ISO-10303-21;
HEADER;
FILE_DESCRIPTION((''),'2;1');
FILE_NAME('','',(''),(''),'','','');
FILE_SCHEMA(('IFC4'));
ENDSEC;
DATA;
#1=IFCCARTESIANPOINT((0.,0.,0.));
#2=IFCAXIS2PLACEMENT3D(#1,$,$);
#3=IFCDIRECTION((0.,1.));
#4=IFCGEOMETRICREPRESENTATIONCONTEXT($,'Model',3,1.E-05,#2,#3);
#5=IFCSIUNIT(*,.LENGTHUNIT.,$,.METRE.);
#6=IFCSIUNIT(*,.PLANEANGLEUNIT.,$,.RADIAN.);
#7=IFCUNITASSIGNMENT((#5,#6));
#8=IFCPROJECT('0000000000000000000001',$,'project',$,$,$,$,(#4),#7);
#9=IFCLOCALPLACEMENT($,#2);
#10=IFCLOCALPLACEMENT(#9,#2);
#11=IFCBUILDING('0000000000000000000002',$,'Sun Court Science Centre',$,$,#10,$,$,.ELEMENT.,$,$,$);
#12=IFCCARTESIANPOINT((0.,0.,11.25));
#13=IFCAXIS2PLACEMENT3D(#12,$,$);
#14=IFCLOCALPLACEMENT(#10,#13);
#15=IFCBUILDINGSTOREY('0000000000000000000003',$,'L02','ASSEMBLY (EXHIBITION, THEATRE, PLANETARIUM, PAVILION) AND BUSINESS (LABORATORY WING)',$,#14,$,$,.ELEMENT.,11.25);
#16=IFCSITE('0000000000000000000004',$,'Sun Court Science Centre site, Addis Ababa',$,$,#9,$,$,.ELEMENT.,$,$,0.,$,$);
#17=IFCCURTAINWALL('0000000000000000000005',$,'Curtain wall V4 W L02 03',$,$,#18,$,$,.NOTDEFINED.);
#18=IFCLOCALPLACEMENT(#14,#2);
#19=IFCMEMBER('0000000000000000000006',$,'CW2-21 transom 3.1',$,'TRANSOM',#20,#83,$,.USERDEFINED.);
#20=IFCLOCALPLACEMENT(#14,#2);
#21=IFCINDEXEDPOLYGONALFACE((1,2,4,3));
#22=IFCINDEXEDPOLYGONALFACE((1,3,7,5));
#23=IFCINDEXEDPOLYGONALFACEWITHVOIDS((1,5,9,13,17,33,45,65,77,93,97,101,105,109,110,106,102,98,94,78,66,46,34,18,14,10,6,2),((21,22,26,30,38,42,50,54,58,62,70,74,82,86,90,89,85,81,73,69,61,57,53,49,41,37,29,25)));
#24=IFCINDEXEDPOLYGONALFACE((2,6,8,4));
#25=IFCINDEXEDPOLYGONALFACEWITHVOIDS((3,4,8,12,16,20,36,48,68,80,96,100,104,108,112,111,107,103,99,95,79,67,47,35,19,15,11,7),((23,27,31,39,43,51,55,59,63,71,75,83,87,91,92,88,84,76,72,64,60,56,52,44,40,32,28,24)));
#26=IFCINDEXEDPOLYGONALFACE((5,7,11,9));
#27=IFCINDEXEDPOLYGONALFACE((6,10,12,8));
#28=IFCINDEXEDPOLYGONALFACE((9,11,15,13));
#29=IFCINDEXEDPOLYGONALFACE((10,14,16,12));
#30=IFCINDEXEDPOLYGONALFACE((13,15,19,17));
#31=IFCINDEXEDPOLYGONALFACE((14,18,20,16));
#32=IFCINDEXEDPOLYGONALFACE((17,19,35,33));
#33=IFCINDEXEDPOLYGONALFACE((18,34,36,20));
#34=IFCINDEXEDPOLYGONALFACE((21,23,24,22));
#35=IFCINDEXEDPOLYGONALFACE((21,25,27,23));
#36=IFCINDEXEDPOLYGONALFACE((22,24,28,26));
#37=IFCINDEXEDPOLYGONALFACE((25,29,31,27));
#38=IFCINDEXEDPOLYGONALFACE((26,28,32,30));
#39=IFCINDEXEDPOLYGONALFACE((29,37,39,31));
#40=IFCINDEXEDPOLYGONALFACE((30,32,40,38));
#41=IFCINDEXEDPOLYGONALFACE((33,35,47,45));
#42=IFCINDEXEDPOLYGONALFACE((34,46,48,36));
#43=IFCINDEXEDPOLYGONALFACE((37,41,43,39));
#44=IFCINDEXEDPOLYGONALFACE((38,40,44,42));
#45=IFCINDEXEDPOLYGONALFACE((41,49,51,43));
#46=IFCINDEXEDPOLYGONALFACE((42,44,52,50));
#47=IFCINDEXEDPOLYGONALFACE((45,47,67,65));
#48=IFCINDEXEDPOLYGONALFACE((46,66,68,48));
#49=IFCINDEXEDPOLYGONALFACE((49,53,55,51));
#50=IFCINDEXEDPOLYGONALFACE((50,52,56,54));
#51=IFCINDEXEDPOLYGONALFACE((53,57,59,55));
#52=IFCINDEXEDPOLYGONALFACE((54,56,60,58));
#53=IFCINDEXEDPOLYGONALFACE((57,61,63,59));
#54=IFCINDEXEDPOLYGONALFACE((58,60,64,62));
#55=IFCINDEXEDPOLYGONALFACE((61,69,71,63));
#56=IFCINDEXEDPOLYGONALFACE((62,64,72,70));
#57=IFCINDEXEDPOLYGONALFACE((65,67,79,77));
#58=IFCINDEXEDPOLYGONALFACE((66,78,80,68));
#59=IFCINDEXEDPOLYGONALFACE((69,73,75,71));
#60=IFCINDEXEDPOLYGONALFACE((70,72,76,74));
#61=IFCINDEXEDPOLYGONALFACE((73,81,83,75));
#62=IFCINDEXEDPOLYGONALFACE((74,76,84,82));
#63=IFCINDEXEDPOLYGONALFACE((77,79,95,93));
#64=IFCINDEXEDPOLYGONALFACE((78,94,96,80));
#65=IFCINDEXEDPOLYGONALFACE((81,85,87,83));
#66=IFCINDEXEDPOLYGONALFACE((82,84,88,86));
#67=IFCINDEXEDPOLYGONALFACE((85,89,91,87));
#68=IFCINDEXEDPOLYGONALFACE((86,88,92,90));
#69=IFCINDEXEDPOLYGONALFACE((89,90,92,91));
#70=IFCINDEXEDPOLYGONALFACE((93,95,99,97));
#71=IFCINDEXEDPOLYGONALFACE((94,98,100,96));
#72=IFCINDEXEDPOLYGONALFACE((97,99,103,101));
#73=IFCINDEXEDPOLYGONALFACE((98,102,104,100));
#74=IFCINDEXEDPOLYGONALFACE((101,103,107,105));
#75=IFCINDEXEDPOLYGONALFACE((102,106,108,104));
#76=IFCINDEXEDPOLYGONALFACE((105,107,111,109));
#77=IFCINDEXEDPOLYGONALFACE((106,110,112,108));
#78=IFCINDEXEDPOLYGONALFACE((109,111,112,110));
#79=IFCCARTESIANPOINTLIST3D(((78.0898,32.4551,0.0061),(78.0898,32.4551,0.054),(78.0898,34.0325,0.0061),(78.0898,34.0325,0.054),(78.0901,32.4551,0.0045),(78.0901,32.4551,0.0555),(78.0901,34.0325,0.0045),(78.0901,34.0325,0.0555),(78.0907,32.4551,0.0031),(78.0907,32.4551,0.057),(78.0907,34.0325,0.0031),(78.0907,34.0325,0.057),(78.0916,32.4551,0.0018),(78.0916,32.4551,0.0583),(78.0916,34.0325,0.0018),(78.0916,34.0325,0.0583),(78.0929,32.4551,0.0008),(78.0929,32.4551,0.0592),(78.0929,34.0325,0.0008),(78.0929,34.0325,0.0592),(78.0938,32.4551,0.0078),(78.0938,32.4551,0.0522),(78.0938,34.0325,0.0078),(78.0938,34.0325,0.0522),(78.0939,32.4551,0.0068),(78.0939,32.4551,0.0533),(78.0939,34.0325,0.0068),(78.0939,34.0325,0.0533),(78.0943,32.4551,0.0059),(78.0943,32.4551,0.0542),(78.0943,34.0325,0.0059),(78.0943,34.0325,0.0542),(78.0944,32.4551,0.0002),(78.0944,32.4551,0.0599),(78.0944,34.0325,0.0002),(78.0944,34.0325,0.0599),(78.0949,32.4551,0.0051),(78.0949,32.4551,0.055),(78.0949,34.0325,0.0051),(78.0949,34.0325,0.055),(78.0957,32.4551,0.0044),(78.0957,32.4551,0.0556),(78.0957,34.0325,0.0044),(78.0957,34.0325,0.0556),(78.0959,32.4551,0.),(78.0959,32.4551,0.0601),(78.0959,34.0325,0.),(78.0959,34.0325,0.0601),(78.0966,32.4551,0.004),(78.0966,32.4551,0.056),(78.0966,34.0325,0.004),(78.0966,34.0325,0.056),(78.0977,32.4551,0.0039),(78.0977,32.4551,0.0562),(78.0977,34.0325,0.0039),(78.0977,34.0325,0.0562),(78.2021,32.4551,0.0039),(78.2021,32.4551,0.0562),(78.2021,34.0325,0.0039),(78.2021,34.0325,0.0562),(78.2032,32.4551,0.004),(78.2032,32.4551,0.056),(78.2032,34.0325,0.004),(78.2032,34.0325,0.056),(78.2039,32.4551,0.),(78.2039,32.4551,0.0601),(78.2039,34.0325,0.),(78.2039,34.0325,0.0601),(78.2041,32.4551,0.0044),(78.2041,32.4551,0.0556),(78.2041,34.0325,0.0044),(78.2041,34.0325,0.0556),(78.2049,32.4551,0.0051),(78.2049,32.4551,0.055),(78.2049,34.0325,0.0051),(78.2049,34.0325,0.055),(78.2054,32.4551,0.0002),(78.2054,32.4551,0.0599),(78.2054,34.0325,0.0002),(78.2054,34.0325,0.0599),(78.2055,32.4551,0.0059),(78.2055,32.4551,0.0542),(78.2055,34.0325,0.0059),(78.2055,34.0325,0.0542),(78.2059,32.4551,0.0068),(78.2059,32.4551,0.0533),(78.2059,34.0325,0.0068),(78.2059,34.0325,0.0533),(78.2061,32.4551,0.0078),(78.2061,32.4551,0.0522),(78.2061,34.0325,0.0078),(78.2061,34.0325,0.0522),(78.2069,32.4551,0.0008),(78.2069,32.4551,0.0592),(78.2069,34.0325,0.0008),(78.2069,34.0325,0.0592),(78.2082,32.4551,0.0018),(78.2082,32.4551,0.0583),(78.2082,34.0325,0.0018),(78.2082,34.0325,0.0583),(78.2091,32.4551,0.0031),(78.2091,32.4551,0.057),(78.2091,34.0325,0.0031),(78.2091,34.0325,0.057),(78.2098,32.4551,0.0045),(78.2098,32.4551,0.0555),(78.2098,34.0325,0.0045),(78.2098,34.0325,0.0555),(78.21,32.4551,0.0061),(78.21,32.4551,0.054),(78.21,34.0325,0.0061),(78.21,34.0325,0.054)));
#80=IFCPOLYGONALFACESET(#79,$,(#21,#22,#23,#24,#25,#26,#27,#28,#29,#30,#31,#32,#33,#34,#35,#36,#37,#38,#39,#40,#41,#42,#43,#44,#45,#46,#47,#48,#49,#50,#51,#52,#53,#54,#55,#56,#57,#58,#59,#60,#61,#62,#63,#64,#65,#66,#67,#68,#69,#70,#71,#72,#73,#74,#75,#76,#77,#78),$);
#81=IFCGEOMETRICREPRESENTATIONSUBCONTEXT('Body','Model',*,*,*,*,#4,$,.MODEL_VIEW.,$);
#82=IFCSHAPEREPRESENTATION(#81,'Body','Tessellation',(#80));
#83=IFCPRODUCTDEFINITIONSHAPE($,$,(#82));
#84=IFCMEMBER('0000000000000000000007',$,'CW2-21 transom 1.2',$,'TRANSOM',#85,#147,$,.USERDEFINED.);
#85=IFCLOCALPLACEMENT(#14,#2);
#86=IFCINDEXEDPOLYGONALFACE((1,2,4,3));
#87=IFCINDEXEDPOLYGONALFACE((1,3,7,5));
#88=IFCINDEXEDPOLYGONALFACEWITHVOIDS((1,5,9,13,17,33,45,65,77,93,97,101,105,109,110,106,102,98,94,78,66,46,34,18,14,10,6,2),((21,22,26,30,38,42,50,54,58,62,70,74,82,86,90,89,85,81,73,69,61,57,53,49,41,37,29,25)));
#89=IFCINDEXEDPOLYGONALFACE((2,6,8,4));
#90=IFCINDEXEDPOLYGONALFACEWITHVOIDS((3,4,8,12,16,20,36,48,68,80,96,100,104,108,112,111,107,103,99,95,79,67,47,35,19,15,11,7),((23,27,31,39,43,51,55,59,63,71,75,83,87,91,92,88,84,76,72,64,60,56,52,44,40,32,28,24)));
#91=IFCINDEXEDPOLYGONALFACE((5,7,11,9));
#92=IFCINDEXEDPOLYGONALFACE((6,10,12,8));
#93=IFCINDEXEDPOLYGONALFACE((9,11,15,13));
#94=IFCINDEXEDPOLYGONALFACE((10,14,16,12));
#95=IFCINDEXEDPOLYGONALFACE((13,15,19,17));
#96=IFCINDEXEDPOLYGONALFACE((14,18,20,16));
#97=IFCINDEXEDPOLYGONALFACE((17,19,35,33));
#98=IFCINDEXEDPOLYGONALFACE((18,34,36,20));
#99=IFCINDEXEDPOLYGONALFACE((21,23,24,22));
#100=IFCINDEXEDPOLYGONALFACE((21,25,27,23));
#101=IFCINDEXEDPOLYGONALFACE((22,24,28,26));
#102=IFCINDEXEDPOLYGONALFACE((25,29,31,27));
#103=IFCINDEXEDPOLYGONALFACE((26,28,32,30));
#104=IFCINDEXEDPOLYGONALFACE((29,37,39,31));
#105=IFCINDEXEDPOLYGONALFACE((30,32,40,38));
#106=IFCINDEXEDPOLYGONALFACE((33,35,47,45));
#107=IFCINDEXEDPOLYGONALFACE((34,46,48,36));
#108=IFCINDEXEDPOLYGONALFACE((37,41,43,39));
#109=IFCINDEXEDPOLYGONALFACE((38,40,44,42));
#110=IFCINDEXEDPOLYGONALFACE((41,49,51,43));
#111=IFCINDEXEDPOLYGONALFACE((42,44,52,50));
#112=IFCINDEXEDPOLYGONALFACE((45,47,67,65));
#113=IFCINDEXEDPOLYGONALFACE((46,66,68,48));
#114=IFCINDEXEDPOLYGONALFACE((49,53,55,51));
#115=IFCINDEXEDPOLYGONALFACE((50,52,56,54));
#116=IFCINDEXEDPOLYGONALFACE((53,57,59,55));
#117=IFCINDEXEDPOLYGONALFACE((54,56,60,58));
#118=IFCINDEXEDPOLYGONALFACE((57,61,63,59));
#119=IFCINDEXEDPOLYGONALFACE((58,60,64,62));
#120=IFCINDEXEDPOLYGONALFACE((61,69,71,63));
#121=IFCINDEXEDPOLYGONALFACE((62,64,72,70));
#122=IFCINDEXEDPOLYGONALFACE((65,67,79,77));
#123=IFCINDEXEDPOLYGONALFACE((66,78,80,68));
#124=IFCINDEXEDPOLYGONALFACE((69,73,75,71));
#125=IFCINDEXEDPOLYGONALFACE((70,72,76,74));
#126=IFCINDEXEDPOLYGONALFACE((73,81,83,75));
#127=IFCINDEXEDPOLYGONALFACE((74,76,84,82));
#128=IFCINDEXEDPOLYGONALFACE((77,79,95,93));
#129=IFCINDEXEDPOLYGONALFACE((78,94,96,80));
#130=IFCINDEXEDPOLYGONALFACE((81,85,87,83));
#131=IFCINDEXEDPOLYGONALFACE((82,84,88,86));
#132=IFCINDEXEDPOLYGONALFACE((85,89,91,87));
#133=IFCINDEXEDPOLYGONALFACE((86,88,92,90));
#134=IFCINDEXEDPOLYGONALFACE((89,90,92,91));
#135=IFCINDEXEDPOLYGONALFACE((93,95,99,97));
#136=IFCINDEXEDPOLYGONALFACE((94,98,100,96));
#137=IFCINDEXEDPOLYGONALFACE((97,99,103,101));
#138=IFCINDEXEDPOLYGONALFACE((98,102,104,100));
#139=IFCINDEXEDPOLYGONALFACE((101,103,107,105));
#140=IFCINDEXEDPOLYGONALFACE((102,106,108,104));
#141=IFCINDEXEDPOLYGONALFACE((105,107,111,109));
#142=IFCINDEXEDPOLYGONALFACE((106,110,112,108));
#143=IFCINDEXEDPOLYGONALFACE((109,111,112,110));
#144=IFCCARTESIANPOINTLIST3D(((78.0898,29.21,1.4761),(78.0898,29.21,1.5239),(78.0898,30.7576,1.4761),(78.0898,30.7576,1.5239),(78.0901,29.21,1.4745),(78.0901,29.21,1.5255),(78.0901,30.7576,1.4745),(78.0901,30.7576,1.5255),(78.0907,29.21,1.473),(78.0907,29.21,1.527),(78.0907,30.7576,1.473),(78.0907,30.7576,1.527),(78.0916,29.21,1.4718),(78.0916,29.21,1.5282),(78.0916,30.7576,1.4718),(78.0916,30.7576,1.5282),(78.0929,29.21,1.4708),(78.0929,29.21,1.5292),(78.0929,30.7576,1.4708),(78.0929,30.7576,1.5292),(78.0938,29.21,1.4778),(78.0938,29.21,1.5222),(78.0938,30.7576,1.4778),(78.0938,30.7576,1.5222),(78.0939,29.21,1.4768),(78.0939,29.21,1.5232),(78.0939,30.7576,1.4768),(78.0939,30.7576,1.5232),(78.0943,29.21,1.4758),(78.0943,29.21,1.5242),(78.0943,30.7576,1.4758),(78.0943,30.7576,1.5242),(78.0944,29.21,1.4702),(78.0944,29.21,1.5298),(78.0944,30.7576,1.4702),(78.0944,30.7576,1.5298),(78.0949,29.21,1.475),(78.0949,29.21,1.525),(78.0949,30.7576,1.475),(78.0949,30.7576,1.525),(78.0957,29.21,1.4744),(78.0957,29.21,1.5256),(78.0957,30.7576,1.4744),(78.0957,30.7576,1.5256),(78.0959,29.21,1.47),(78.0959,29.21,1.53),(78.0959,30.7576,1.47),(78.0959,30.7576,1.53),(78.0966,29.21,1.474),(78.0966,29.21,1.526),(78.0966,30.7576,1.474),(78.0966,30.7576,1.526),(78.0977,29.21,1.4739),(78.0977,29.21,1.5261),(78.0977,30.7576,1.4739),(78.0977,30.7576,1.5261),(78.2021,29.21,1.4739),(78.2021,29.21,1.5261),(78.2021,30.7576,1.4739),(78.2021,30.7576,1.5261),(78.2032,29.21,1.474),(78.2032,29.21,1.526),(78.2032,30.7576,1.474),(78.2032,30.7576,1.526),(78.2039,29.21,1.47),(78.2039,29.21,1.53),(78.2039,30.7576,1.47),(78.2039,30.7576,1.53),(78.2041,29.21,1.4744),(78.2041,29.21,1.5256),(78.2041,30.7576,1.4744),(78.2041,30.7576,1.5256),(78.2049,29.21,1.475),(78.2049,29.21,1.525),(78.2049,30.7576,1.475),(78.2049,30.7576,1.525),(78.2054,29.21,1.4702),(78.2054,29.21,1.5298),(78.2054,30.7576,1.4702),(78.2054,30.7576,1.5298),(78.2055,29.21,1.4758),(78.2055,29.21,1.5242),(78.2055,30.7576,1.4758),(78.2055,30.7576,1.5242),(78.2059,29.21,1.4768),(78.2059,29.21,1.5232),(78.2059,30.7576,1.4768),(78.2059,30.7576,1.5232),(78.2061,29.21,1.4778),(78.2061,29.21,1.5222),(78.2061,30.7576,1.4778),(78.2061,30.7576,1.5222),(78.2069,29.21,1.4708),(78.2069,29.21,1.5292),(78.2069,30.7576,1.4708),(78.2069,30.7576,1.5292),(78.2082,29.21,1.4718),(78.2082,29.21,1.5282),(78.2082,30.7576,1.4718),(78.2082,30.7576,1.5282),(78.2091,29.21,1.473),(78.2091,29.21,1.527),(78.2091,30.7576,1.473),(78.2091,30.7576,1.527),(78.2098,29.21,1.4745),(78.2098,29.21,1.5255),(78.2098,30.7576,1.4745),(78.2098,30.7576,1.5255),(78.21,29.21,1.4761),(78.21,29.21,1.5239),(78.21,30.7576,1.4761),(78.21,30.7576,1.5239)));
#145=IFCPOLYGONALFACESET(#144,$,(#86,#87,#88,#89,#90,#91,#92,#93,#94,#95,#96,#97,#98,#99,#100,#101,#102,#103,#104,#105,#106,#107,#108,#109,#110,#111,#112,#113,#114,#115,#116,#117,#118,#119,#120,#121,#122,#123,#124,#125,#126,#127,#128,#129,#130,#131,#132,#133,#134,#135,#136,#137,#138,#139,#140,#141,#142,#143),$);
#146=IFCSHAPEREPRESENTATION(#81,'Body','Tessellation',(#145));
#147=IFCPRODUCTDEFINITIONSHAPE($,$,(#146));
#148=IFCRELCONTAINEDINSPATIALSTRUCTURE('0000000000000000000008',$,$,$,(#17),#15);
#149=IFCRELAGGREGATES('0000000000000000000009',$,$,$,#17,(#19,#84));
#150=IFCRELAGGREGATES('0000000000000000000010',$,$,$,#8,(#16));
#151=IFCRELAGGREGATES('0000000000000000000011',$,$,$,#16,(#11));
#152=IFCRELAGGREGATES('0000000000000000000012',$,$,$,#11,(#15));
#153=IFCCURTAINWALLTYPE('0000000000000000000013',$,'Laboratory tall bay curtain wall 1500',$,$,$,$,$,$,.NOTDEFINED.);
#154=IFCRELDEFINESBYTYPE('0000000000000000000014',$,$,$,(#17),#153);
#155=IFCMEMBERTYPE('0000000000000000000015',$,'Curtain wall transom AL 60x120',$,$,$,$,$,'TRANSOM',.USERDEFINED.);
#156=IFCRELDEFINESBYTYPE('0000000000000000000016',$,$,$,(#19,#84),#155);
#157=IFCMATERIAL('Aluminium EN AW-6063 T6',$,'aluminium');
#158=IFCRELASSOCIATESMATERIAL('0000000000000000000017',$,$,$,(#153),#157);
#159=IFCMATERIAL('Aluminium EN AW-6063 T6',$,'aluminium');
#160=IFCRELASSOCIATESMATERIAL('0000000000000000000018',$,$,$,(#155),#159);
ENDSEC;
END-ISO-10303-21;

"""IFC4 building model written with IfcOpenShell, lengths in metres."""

from ifc_helpers import new_model, si_unit, direction, frame, origin, origin_2d, place, context, subcontext, project, spatial, hollow_rectangle, extrude, material, material_profile, profile_set, type_object, element, aggregate, save


model = new_model("IFC4")

# Units and contexts
model_context = context("Model", 3, precision=1e-05, world=origin(), true_north=direction((0.0, 1.0)))
body_context = subcontext(model_context, "Body", "Model", "MODEL_VIEW")
ifc_project = project(units=[si_unit("LENGTHUNIT", "METRE"), si_unit("PLANEANGLEUNIT", "RADIAN")], contexts=[model_context])

# Site, building, storey
site_placement = place(None, origin())
site = spatial("IfcSite", under=ifc_project, at=site_placement, Name="Sun Court Science Centre site, Addis Ababa", CompositionType="ELEMENT", RefElevation=0.0)
building_placement = place(site_placement, origin())
building = spatial("IfcBuilding", under=site, at=building_placement, Name="Sun Court Science Centre", CompositionType="ELEMENT")
storey_placement = place(building_placement, frame((0.0, 0.0, 11.25)))
storey = spatial("IfcBuildingStorey", under=building, at=storey_placement, Name="L02", Description="ASSEMBLY (EXHIBITION, THEATRE, PLANETARIUM, PAVILION) AND BUSINESS (LABORATORY WING)", CompositionType="ELEMENT", Elevation=11.25)

# Curtain wall
ifc_material_1 = material(Name="Aluminium EN AW-6063 T6", Category="aluminium")
curtain_wall_type = type_object("IfcCurtainWallType", Name="Laboratory tall bay curtain wall 1500", PredefinedType="NOTDEFINED", material=ifc_material_1)
curtain_wall_1_placement = place(storey_placement, origin())
curtain_wall_1 = element("IfcCurtainWall", 1, at=curtain_wall_1_placement, inside=storey, type_object=curtain_wall_type, Name="Curtain wall V4 W L02 03", PredefinedType="NOTDEFINED")

# Members
ifc_material_2 = material(Name="Aluminium EN AW-6063 T6", Category="aluminium")
ifc_material_profile_1 = material_profile(ifc_material_2, hollow_rectangle(XDim=0.0601, YDim=0.1201, WallThickness=0.0039, InnerFilletRadius=0.0039, OuterFilletRadius=0.0061, at=origin_2d()), Name="AL 60x120x4")
ifc_profile_set_1 = profile_set([ifc_material_profile_1], Name="Aluminium EN AW-6063 T6")
member_type_1 = type_object("IfcMemberType", Name="Curtain wall transom AL 60x120", ElementType="TRANSOM", PredefinedType="USERDEFINED", material=ifc_profile_set_1)
member_1_placement = place(storey_placement, frame((78.1499, 32.4551, 0.03), z_axis=(0.0, 1.0, 0.0), x_axis=(0.0, 0.0, 1.0)))
member_1 = element("IfcMember", 2, at=member_1_placement, type_object=member_type_1, Name="CW2-21 transom 3.1", ObjectType="TRANSOM", PredefinedType="USERDEFINED", context=body_context, shape_type="SweptSolid", body=[
    extrude(hollow_rectangle(XDim=0.0601, YDim=0.1201, WallThickness=0.0039, InnerFilletRadius=0.0039, OuterFilletRadius=0.0061, at=origin_2d()), origin(), (0.0, 0.0, 1.0), 1.5774),
])
member_2_placement = place(storey_placement, frame((78.1499, 29.21, 1.5), z_axis=(0.0, 1.0, 0.0), x_axis=(0.0, 0.0, 1.0)))
member_2 = element("IfcMember", 3, at=member_2_placement, type_object=member_type_1, Name="CW2-21 transom 1.2", ObjectType="TRANSOM", PredefinedType="USERDEFINED", context=body_context, shape_type="SweptSolid", body=[
    extrude(hollow_rectangle(XDim=0.0601, YDim=0.1201, WallThickness=0.0039, InnerFilletRadius=0.0039, OuterFilletRadius=0.0061, at=origin_2d()), origin(), (0.0, 0.0, 1.0), 1.5476),
])

aggregate(curtain_wall_1, [member_1, member_2])

save(model, "model.ifc")
